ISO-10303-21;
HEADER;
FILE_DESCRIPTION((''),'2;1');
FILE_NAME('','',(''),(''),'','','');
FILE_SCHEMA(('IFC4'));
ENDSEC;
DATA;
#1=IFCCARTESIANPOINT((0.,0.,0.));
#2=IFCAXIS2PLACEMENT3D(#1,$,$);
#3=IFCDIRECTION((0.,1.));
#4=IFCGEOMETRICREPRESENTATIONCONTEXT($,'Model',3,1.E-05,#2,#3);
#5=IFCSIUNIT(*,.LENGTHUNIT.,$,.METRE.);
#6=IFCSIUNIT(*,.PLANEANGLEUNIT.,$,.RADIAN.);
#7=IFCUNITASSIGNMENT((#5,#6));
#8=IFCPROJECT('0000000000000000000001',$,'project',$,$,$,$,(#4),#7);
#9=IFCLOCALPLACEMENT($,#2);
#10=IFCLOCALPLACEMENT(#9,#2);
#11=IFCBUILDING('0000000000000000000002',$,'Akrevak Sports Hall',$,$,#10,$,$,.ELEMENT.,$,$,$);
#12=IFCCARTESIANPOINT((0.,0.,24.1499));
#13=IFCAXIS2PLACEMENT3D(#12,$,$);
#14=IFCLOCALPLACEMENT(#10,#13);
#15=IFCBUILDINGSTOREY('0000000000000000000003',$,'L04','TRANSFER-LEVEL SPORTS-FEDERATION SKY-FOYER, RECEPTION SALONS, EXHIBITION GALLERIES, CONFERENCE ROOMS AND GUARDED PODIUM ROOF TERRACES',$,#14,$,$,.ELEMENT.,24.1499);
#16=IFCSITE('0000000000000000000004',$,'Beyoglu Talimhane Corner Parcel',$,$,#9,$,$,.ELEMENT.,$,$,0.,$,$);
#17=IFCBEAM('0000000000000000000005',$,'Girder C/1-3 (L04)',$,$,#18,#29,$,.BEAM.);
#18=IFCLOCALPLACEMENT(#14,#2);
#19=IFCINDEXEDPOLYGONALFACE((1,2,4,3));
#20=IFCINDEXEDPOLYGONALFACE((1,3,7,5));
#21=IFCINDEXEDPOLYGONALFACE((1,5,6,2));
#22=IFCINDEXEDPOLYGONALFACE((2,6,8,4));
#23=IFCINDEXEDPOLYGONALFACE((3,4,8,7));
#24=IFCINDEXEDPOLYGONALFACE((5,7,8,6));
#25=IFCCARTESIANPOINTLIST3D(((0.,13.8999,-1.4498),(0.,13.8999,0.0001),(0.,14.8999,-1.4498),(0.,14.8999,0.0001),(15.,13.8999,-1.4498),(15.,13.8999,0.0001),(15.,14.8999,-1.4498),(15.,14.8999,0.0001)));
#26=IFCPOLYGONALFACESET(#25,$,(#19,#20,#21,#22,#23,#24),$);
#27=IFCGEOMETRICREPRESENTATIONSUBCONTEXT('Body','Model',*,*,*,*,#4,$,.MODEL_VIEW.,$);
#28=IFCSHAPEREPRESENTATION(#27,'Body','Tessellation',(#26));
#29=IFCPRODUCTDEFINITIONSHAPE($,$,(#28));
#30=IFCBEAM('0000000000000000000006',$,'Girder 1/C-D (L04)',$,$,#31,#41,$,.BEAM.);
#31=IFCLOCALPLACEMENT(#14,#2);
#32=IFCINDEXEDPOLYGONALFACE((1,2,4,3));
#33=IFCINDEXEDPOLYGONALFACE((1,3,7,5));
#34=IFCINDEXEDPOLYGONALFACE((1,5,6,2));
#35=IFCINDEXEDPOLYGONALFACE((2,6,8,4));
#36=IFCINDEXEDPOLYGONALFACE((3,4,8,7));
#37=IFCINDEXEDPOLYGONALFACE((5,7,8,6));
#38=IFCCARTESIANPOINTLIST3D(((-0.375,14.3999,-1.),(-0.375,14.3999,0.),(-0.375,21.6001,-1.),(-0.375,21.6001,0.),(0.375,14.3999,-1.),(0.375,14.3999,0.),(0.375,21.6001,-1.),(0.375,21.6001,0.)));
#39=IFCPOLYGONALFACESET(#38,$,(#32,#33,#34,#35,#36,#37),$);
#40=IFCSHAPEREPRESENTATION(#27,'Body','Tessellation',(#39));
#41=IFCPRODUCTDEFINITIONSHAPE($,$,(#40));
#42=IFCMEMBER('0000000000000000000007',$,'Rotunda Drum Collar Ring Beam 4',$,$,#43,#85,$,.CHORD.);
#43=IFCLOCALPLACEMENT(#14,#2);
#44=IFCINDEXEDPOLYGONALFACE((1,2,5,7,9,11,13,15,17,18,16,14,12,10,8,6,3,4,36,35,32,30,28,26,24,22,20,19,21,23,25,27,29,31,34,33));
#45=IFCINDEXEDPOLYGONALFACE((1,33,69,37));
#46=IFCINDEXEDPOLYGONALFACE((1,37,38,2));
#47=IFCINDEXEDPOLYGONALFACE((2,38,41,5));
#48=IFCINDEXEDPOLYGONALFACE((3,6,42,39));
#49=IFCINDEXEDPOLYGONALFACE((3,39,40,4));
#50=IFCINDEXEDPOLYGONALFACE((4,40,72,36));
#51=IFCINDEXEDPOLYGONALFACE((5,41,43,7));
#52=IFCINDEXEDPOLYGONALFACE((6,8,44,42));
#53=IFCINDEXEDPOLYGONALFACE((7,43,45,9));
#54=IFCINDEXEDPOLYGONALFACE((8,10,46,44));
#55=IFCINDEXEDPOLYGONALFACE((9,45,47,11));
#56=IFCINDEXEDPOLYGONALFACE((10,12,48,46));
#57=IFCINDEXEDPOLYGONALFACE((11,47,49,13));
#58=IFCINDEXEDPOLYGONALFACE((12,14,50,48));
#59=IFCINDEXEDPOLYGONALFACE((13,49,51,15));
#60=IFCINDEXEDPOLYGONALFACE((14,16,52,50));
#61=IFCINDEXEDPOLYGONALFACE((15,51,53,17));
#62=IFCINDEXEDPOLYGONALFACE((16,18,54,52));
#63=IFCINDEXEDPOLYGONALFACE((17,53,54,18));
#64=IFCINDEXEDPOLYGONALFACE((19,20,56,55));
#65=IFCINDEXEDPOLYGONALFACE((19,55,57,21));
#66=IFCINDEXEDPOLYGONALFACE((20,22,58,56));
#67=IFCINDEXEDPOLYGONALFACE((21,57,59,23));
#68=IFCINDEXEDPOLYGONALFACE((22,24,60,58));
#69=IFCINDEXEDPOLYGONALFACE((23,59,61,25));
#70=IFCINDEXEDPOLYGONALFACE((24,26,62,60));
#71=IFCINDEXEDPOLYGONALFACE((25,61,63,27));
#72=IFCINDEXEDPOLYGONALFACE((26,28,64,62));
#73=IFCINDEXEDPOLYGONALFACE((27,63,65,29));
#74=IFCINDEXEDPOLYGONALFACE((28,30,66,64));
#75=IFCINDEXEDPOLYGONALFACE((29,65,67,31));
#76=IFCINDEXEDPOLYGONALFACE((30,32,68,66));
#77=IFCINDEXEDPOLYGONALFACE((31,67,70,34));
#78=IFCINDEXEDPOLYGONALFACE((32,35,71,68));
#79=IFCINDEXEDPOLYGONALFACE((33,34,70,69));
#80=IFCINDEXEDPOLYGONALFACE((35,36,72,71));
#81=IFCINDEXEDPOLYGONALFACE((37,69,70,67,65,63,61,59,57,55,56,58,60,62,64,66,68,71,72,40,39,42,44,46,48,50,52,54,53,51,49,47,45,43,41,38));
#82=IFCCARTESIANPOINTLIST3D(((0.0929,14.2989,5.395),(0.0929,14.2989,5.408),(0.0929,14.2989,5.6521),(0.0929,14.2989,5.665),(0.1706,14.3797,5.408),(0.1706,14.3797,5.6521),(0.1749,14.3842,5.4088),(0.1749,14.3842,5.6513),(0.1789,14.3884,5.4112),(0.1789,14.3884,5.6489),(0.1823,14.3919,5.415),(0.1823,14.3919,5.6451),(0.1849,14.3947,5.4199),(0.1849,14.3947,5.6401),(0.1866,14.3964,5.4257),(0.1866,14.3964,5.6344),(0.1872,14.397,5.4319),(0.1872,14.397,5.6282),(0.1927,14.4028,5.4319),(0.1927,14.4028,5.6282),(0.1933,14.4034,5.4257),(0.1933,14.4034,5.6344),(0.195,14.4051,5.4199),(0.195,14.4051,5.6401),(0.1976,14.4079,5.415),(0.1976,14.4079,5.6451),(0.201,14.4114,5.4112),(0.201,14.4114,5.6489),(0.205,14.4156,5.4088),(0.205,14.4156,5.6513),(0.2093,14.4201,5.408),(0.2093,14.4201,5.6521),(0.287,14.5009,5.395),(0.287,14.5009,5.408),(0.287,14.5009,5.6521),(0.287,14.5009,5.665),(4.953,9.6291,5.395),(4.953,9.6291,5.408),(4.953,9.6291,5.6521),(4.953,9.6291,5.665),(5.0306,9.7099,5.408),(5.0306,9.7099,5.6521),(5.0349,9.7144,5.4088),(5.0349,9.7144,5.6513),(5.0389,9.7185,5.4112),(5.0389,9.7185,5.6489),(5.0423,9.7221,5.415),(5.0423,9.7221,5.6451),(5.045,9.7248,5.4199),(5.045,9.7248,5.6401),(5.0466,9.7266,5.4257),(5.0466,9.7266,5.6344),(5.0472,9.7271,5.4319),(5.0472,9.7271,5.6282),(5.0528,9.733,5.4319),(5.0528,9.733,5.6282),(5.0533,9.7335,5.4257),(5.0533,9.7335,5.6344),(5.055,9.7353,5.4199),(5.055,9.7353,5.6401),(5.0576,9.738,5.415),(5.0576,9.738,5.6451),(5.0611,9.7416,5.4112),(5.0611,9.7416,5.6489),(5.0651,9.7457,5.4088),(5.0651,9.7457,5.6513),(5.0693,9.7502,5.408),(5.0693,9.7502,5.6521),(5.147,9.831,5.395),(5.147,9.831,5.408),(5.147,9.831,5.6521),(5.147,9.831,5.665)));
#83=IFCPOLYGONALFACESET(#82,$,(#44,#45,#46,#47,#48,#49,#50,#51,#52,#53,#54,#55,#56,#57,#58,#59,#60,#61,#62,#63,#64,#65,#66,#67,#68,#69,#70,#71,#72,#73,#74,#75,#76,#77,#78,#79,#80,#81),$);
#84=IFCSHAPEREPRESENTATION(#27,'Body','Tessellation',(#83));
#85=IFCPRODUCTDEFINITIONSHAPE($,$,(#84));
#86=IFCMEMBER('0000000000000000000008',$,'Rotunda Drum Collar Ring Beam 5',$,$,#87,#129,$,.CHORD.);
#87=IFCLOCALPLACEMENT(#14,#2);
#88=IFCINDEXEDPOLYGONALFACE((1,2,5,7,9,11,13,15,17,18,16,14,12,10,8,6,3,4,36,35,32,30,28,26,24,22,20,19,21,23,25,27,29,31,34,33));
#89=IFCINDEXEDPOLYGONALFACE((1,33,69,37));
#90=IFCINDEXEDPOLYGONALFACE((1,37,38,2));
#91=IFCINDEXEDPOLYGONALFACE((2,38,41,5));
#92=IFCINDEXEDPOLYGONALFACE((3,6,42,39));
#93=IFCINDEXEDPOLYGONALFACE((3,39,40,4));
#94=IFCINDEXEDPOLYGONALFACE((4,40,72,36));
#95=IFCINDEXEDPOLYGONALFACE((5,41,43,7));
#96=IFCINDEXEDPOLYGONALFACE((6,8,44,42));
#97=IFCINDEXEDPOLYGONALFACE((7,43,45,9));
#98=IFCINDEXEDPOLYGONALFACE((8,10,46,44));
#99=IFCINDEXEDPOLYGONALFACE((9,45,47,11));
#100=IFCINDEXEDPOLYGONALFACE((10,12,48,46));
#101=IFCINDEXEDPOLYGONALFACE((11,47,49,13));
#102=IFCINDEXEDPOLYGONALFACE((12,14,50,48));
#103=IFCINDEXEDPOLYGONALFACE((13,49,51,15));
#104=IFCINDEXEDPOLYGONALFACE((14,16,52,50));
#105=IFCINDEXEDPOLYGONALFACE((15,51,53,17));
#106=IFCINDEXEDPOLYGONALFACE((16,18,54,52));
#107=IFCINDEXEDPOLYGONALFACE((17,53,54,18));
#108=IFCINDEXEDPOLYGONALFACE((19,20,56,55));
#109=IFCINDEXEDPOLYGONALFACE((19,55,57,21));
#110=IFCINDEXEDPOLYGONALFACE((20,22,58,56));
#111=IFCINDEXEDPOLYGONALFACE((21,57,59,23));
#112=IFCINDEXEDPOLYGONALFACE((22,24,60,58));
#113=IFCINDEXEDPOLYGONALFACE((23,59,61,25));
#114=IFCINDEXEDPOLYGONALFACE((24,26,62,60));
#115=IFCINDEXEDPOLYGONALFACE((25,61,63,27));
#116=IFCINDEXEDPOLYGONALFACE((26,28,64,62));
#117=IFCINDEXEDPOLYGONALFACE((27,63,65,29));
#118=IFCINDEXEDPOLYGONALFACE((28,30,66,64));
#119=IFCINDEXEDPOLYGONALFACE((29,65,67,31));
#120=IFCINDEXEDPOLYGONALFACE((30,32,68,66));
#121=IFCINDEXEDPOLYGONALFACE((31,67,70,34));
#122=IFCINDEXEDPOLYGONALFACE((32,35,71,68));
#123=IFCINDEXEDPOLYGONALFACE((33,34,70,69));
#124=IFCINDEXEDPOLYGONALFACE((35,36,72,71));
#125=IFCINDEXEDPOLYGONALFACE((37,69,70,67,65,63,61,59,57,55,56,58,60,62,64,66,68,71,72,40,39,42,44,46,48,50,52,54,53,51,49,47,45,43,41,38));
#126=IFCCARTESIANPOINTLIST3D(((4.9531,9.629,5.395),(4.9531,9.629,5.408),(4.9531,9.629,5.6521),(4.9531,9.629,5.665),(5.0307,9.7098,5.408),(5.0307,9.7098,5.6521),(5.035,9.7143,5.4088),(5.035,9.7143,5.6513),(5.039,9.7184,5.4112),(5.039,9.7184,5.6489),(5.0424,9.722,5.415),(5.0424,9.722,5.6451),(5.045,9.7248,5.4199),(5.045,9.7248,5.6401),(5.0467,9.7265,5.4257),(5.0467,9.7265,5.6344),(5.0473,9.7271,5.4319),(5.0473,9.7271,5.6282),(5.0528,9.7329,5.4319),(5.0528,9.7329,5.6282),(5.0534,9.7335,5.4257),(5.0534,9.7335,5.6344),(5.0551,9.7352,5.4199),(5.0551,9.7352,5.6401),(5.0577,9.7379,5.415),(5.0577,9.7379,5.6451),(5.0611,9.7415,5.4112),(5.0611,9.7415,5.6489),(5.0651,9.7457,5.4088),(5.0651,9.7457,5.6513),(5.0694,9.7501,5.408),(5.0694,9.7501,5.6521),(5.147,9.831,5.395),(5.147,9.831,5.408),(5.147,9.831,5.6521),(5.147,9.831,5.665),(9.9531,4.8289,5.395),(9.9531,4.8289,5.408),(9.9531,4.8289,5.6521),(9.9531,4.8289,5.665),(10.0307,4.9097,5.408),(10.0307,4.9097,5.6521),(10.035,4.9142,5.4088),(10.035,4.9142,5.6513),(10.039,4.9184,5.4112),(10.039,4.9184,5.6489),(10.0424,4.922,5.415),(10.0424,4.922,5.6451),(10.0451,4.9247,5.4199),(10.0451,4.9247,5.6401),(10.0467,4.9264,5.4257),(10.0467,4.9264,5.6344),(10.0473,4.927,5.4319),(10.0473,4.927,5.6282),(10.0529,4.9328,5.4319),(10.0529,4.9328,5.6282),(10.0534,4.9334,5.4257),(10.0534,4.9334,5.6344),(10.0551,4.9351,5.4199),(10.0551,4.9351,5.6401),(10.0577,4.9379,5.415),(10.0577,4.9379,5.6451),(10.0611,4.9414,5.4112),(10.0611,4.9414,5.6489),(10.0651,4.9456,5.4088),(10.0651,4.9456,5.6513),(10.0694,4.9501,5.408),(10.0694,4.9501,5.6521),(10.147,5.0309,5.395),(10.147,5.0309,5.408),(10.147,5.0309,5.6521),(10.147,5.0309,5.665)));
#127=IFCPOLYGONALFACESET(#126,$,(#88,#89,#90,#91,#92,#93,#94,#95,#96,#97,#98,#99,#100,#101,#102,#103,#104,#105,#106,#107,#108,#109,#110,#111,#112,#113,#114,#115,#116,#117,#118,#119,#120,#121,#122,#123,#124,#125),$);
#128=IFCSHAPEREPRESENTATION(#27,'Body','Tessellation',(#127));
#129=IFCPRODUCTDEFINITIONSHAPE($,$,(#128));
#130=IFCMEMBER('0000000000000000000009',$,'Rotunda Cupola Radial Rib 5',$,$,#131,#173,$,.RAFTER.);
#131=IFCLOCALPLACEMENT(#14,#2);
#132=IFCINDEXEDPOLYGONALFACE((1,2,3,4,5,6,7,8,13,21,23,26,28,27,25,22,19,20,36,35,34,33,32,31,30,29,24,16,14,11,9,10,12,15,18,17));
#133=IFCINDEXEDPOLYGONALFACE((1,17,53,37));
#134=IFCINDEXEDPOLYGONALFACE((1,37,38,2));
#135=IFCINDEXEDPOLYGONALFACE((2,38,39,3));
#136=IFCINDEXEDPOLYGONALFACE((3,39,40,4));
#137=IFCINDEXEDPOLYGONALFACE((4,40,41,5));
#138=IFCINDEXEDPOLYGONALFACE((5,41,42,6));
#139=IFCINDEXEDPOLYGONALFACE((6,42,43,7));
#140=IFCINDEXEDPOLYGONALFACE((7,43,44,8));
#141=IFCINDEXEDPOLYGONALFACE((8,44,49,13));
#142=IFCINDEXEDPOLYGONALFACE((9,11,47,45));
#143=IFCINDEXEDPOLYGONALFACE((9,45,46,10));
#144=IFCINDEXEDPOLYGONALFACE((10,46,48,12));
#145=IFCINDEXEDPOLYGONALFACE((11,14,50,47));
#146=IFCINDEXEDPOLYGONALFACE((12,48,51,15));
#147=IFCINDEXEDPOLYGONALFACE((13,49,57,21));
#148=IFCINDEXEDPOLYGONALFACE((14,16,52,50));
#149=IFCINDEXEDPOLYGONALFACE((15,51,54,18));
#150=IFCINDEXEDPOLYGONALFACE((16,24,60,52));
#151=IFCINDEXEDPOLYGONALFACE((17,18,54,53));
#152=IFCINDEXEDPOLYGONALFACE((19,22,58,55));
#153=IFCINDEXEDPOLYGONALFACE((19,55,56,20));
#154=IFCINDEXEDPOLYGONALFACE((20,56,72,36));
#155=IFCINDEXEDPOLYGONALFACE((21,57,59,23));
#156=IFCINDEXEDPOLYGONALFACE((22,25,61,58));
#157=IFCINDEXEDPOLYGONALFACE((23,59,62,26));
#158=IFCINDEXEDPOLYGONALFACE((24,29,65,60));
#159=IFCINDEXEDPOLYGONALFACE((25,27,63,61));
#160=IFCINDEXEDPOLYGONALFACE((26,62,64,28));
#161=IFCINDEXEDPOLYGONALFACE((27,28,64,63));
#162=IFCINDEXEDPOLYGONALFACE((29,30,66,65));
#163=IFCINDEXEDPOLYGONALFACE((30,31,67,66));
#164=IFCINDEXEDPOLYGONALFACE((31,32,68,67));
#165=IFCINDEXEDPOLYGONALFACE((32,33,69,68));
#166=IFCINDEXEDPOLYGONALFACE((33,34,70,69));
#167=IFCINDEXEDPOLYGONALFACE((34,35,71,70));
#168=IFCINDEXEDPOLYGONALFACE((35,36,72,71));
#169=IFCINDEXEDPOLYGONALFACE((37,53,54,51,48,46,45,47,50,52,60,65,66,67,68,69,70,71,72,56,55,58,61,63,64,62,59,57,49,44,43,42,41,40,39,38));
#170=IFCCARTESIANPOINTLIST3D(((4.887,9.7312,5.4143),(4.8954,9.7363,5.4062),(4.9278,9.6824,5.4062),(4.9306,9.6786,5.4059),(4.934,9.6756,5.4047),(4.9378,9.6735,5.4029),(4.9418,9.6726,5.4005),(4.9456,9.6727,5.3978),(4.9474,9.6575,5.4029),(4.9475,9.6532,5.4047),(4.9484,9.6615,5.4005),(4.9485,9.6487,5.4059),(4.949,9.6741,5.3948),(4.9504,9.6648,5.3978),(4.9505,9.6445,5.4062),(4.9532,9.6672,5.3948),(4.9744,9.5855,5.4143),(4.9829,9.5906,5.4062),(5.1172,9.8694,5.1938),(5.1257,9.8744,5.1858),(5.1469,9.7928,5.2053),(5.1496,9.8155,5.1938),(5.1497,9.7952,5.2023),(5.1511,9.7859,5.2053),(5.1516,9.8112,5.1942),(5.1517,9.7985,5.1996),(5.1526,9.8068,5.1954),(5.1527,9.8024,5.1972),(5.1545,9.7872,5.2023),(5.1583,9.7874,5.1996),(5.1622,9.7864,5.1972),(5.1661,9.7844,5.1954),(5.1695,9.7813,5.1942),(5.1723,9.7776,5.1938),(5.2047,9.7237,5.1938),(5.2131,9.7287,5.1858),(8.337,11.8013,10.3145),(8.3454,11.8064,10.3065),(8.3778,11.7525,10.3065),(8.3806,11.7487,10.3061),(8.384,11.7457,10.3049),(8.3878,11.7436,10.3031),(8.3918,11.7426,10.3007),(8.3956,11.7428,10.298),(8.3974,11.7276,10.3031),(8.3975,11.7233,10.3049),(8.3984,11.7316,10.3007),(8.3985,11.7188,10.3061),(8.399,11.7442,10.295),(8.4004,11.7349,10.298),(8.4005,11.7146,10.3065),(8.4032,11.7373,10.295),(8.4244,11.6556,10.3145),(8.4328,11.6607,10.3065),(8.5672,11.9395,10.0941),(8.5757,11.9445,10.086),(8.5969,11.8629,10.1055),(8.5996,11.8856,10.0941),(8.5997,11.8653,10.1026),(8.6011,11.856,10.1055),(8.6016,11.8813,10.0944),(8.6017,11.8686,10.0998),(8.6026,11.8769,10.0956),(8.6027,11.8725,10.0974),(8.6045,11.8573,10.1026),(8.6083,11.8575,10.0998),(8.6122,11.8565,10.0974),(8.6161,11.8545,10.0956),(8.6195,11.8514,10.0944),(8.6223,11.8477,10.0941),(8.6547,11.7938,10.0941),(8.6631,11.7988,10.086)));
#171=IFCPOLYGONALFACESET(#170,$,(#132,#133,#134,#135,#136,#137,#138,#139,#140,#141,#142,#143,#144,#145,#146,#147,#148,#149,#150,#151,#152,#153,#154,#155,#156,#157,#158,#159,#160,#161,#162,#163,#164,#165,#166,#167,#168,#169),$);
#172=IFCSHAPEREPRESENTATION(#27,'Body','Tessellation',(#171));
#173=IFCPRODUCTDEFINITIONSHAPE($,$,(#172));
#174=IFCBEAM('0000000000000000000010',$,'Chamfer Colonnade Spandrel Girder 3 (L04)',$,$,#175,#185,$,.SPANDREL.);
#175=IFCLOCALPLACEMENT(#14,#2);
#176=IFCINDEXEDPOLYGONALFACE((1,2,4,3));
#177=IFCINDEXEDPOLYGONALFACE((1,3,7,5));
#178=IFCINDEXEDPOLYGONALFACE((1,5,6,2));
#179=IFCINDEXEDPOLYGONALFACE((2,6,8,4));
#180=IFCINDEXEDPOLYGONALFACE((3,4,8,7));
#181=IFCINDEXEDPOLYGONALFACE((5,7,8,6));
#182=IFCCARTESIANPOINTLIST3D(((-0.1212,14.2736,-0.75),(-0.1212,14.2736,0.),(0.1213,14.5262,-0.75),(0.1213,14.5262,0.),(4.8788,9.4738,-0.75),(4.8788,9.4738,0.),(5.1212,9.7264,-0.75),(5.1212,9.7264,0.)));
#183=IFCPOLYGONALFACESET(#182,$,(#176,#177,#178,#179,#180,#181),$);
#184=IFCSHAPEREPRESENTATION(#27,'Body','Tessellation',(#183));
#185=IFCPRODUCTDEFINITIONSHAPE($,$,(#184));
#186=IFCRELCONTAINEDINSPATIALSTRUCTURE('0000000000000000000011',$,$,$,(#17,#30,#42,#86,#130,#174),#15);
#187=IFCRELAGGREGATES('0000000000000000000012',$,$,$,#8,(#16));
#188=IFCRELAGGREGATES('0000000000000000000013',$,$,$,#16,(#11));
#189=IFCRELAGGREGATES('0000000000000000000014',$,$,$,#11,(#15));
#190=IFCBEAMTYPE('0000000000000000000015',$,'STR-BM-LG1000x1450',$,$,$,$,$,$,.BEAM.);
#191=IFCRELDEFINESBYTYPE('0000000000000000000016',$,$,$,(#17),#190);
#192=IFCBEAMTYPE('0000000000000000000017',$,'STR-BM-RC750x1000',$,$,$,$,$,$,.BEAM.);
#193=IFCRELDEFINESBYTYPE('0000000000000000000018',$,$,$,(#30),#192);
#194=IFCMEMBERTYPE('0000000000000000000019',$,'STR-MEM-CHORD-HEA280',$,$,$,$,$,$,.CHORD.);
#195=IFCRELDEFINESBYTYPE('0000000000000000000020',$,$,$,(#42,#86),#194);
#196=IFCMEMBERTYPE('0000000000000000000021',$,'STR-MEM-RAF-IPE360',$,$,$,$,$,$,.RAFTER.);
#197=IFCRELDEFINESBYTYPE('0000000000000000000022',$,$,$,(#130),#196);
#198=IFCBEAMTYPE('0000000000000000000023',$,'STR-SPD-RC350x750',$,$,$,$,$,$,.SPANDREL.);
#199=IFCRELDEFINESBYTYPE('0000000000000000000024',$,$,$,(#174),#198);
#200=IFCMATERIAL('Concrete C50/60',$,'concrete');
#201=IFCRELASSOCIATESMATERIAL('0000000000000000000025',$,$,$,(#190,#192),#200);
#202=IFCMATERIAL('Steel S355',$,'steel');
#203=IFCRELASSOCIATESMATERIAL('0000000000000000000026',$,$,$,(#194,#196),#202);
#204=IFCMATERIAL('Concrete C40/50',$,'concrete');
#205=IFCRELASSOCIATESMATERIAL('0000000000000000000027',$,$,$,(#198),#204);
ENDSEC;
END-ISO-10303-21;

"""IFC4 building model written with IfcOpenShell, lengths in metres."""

from ifc_helpers import new_model, si_unit, direction, frame, origin, origin_2d, place, context, subcontext, project, spatial, rectangle, i_section, extrude, material, material_profile, profile_set, type_object, element, save


model = new_model("IFC4")

# Units and contexts
model_context = context("Model", 3, precision=1e-05, world=origin(), true_north=direction((0.0, 1.0)))
body_context = subcontext(model_context, "Body", "Model", "MODEL_VIEW")
ifc_project = project(units=[si_unit("LENGTHUNIT", "METRE"), si_unit("PLANEANGLEUNIT", "RADIAN")], contexts=[model_context])

# Site, building, storey
site_placement = place(None, origin())
site = spatial("IfcSite", under=ifc_project, at=site_placement, Name="Beyoglu Talimhane Corner Parcel", CompositionType="ELEMENT", RefElevation=0.0)
building_placement = place(site_placement, origin())
building = spatial("IfcBuilding", under=site, at=building_placement, Name="Akrevak Sports Hall", CompositionType="ELEMENT")
storey_placement = place(building_placement, frame((0.0, 0.0, 24.1499)))
storey = spatial("IfcBuildingStorey", under=building, at=storey_placement, Name="L04", Description="TRANSFER-LEVEL SPORTS-FEDERATION SKY-FOYER, RECEPTION SALONS, EXHIBITION GALLERIES, CONFERENCE ROOMS AND GUARDED PODIUM ROOF TERRACES", CompositionType="ELEMENT", Elevation=24.1499)

# Beams
ifc_material_1 = material(Name="Concrete C50/60", Category="concrete")
ifc_material_profile_1 = material_profile(ifc_material_1, rectangle(XDim=1.0, YDim=1.45, at=origin_2d()), Name="BM 1000x1450", Category="concrete")
ifc_profile_set_1 = profile_set([ifc_material_profile_1], Name="Concrete C50/60")
beam_type_1 = type_object("IfcBeamType", Name="STR-BM-LG1000x1450", PredefinedType="BEAM", material=ifc_profile_set_1)
beam_1_placement = place(storey_placement, frame((0.0, 14.3999, -0.7249), z_axis=(1.0, 0.0, 0.0), x_axis=(0.0, 1.0, 0.0)))
element("IfcBeam", 1, at=beam_1_placement, inside=storey, type_object=beam_type_1, Name="Girder C/1-3 (L04)", PredefinedType="BEAM", context=body_context, shape_type="SweptSolid", body=[
    extrude(rectangle(XDim=1.0, YDim=1.45, at=origin_2d()), origin(), (0.0, 0.0, 1.0), 15.0),
])
ifc_material_profile_2 = material_profile(ifc_material_1, rectangle(XDim=0.75, YDim=1.0, at=origin_2d()), Name="BM 750x1000", Category="concrete")
ifc_profile_set_2 = profile_set([ifc_material_profile_2], Name="Concrete C50/60")
beam_type_2 = type_object("IfcBeamType", Name="STR-BM-RC750x1000", PredefinedType="BEAM", material=ifc_profile_set_2)
beam_2_placement = place(storey_placement, frame((0.0, 14.3999, -0.5), z_axis=(0.0, 1.0, 0.0), x_axis=(-1.0, 0.0, 0.0)))
element("IfcBeam", 2, at=beam_2_placement, inside=storey, type_object=beam_type_2, Name="Girder 1/C-D (L04)", PredefinedType="BEAM", context=body_context, shape_type="SweptSolid", body=[
    extrude(rectangle(XDim=0.75, YDim=1.0, at=origin_2d()), origin(), (0.0, 0.0, 1.0), 7.2002),
])

# Members
ifc_material_2 = material(Name="Steel S355", Category="steel")
ifc_material_profile_3 = material_profile(ifc_material_2, i_section(OverallWidth=0.28, OverallDepth=0.27, WebThickness=0.0081, FlangeThickness=0.0129, FilletRadius=0.0239, at=origin_2d()), Name="HEA 280", Category="steel")
ifc_profile_set_3 = profile_set([ifc_material_profile_3], Name="Steel S355")
member_type_1 = type_object("IfcMemberType", Name="STR-MEM-CHORD-HEA280", PredefinedType="CHORD", material=ifc_profile_set_3)
member_1_placement = place(storey_placement, frame((0.1899, 14.3999, 5.53), z_axis=(0.721075, -0.692857, 0.0), x_axis=(0.692857, 0.721075, 0.0)))
element("IfcMember", 3, at=member_1_placement, inside=storey, type_object=member_type_1, Name="Rotunda Drum Collar Ring Beam 4", PredefinedType="CHORD", context=body_context, shape_type="SweptSolid", body=[
    extrude(i_section(OverallWidth=0.28, OverallDepth=0.27, WebThickness=0.0081, FlangeThickness=0.0129, FilletRadius=0.0239, at=origin_2d()), origin(), (0.0, 0.0, 1.0), 6.74),
])
member_2_placement = place(storey_placement, frame((5.05, 9.73, 5.53), z_axis=(0.721384, -0.692535, 0.0), x_axis=(0.692535, 0.721384, 0.0)))
element("IfcMember", 4, at=member_2_placement, inside=storey, type_object=member_type_1, Name="Rotunda Drum Collar Ring Beam 5", PredefinedType="CHORD", context=body_context, shape_type="SweptSolid", body=[
    extrude(i_section(OverallWidth=0.28, OverallDepth=0.27, WebThickness=0.0081, FlangeThickness=0.0129, FilletRadius=0.0239, at=origin_2d()), origin(), (0.0, 0.0, 1.0), 6.9312),
])
ifc_material_profile_4 = material_profile(ifc_material_2, i_section(OverallWidth=0.1699, OverallDepth=0.3601, WebThickness=0.0081, FlangeThickness=0.0127, FilletRadius=0.0181, at=origin_2d()), Name="IPE 360", Category="steel")
ifc_profile_set_4 = profile_set([ifc_material_profile_4], Name="Steel S355")
member_type_2 = type_object("IfcMemberType", Name="STR-MEM-RAF-IPE360", PredefinedType="RAFTER", material=ifc_profile_set_4)
member_3_placement = place(storey_placement, frame((5.05, 9.73, 5.3), z_axis=(0.544135, 0.326496, 0.772863), x_axis=(-0.514514, 0.857482, 0.0)))
element("IfcMember", 5, at=member_3_placement, inside=storey, type_object=member_type_2, Name="Rotunda Cupola Radial Rib 5", PredefinedType="RAFTER", context=body_context, shape_type="SweptSolid", body=[
    extrude(i_section(OverallWidth=0.1699, OverallDepth=0.3601, WebThickness=0.0081, FlangeThickness=0.0127, FilletRadius=0.0181, at=origin_2d()), origin(), (0.0, 0.0, 1.0), 6.3403),
])

# Beam
ifc_material_3 = material(Name="Concrete C40/50", Category="concrete")
ifc_material_profile_5 = material_profile(ifc_material_3, rectangle(XDim=0.3501, YDim=0.75, at=origin_2d()), Name="SPD 350x750", Category="concrete")
ifc_profile_set_5 = profile_set([ifc_material_profile_5], Name="Concrete C40/50")
beam_type_3 = type_object("IfcBeamType", Name="STR-SPD-RC350x750", PredefinedType="SPANDREL", material=ifc_profile_set_5)
beam_3_placement = place(storey_placement, frame((5.0, 9.6001, -0.375), z_axis=(-0.721401, 0.692517, 0.0), x_axis=(-0.692517, -0.721401, 0.0)))
element("IfcBeam", 6, at=beam_3_placement, inside=storey, type_object=beam_type_3, Name="Chamfer Colonnade Spandrel Girder 3 (L04)", PredefinedType="SPANDREL", context=body_context, shape_type="SweptSolid", body=[
    extrude(rectangle(XDim=0.3501, YDim=0.75, at=origin_2d()), origin(), (0.0, 0.0, 1.0), 6.9309),
])

save(model, "model.ifc")
